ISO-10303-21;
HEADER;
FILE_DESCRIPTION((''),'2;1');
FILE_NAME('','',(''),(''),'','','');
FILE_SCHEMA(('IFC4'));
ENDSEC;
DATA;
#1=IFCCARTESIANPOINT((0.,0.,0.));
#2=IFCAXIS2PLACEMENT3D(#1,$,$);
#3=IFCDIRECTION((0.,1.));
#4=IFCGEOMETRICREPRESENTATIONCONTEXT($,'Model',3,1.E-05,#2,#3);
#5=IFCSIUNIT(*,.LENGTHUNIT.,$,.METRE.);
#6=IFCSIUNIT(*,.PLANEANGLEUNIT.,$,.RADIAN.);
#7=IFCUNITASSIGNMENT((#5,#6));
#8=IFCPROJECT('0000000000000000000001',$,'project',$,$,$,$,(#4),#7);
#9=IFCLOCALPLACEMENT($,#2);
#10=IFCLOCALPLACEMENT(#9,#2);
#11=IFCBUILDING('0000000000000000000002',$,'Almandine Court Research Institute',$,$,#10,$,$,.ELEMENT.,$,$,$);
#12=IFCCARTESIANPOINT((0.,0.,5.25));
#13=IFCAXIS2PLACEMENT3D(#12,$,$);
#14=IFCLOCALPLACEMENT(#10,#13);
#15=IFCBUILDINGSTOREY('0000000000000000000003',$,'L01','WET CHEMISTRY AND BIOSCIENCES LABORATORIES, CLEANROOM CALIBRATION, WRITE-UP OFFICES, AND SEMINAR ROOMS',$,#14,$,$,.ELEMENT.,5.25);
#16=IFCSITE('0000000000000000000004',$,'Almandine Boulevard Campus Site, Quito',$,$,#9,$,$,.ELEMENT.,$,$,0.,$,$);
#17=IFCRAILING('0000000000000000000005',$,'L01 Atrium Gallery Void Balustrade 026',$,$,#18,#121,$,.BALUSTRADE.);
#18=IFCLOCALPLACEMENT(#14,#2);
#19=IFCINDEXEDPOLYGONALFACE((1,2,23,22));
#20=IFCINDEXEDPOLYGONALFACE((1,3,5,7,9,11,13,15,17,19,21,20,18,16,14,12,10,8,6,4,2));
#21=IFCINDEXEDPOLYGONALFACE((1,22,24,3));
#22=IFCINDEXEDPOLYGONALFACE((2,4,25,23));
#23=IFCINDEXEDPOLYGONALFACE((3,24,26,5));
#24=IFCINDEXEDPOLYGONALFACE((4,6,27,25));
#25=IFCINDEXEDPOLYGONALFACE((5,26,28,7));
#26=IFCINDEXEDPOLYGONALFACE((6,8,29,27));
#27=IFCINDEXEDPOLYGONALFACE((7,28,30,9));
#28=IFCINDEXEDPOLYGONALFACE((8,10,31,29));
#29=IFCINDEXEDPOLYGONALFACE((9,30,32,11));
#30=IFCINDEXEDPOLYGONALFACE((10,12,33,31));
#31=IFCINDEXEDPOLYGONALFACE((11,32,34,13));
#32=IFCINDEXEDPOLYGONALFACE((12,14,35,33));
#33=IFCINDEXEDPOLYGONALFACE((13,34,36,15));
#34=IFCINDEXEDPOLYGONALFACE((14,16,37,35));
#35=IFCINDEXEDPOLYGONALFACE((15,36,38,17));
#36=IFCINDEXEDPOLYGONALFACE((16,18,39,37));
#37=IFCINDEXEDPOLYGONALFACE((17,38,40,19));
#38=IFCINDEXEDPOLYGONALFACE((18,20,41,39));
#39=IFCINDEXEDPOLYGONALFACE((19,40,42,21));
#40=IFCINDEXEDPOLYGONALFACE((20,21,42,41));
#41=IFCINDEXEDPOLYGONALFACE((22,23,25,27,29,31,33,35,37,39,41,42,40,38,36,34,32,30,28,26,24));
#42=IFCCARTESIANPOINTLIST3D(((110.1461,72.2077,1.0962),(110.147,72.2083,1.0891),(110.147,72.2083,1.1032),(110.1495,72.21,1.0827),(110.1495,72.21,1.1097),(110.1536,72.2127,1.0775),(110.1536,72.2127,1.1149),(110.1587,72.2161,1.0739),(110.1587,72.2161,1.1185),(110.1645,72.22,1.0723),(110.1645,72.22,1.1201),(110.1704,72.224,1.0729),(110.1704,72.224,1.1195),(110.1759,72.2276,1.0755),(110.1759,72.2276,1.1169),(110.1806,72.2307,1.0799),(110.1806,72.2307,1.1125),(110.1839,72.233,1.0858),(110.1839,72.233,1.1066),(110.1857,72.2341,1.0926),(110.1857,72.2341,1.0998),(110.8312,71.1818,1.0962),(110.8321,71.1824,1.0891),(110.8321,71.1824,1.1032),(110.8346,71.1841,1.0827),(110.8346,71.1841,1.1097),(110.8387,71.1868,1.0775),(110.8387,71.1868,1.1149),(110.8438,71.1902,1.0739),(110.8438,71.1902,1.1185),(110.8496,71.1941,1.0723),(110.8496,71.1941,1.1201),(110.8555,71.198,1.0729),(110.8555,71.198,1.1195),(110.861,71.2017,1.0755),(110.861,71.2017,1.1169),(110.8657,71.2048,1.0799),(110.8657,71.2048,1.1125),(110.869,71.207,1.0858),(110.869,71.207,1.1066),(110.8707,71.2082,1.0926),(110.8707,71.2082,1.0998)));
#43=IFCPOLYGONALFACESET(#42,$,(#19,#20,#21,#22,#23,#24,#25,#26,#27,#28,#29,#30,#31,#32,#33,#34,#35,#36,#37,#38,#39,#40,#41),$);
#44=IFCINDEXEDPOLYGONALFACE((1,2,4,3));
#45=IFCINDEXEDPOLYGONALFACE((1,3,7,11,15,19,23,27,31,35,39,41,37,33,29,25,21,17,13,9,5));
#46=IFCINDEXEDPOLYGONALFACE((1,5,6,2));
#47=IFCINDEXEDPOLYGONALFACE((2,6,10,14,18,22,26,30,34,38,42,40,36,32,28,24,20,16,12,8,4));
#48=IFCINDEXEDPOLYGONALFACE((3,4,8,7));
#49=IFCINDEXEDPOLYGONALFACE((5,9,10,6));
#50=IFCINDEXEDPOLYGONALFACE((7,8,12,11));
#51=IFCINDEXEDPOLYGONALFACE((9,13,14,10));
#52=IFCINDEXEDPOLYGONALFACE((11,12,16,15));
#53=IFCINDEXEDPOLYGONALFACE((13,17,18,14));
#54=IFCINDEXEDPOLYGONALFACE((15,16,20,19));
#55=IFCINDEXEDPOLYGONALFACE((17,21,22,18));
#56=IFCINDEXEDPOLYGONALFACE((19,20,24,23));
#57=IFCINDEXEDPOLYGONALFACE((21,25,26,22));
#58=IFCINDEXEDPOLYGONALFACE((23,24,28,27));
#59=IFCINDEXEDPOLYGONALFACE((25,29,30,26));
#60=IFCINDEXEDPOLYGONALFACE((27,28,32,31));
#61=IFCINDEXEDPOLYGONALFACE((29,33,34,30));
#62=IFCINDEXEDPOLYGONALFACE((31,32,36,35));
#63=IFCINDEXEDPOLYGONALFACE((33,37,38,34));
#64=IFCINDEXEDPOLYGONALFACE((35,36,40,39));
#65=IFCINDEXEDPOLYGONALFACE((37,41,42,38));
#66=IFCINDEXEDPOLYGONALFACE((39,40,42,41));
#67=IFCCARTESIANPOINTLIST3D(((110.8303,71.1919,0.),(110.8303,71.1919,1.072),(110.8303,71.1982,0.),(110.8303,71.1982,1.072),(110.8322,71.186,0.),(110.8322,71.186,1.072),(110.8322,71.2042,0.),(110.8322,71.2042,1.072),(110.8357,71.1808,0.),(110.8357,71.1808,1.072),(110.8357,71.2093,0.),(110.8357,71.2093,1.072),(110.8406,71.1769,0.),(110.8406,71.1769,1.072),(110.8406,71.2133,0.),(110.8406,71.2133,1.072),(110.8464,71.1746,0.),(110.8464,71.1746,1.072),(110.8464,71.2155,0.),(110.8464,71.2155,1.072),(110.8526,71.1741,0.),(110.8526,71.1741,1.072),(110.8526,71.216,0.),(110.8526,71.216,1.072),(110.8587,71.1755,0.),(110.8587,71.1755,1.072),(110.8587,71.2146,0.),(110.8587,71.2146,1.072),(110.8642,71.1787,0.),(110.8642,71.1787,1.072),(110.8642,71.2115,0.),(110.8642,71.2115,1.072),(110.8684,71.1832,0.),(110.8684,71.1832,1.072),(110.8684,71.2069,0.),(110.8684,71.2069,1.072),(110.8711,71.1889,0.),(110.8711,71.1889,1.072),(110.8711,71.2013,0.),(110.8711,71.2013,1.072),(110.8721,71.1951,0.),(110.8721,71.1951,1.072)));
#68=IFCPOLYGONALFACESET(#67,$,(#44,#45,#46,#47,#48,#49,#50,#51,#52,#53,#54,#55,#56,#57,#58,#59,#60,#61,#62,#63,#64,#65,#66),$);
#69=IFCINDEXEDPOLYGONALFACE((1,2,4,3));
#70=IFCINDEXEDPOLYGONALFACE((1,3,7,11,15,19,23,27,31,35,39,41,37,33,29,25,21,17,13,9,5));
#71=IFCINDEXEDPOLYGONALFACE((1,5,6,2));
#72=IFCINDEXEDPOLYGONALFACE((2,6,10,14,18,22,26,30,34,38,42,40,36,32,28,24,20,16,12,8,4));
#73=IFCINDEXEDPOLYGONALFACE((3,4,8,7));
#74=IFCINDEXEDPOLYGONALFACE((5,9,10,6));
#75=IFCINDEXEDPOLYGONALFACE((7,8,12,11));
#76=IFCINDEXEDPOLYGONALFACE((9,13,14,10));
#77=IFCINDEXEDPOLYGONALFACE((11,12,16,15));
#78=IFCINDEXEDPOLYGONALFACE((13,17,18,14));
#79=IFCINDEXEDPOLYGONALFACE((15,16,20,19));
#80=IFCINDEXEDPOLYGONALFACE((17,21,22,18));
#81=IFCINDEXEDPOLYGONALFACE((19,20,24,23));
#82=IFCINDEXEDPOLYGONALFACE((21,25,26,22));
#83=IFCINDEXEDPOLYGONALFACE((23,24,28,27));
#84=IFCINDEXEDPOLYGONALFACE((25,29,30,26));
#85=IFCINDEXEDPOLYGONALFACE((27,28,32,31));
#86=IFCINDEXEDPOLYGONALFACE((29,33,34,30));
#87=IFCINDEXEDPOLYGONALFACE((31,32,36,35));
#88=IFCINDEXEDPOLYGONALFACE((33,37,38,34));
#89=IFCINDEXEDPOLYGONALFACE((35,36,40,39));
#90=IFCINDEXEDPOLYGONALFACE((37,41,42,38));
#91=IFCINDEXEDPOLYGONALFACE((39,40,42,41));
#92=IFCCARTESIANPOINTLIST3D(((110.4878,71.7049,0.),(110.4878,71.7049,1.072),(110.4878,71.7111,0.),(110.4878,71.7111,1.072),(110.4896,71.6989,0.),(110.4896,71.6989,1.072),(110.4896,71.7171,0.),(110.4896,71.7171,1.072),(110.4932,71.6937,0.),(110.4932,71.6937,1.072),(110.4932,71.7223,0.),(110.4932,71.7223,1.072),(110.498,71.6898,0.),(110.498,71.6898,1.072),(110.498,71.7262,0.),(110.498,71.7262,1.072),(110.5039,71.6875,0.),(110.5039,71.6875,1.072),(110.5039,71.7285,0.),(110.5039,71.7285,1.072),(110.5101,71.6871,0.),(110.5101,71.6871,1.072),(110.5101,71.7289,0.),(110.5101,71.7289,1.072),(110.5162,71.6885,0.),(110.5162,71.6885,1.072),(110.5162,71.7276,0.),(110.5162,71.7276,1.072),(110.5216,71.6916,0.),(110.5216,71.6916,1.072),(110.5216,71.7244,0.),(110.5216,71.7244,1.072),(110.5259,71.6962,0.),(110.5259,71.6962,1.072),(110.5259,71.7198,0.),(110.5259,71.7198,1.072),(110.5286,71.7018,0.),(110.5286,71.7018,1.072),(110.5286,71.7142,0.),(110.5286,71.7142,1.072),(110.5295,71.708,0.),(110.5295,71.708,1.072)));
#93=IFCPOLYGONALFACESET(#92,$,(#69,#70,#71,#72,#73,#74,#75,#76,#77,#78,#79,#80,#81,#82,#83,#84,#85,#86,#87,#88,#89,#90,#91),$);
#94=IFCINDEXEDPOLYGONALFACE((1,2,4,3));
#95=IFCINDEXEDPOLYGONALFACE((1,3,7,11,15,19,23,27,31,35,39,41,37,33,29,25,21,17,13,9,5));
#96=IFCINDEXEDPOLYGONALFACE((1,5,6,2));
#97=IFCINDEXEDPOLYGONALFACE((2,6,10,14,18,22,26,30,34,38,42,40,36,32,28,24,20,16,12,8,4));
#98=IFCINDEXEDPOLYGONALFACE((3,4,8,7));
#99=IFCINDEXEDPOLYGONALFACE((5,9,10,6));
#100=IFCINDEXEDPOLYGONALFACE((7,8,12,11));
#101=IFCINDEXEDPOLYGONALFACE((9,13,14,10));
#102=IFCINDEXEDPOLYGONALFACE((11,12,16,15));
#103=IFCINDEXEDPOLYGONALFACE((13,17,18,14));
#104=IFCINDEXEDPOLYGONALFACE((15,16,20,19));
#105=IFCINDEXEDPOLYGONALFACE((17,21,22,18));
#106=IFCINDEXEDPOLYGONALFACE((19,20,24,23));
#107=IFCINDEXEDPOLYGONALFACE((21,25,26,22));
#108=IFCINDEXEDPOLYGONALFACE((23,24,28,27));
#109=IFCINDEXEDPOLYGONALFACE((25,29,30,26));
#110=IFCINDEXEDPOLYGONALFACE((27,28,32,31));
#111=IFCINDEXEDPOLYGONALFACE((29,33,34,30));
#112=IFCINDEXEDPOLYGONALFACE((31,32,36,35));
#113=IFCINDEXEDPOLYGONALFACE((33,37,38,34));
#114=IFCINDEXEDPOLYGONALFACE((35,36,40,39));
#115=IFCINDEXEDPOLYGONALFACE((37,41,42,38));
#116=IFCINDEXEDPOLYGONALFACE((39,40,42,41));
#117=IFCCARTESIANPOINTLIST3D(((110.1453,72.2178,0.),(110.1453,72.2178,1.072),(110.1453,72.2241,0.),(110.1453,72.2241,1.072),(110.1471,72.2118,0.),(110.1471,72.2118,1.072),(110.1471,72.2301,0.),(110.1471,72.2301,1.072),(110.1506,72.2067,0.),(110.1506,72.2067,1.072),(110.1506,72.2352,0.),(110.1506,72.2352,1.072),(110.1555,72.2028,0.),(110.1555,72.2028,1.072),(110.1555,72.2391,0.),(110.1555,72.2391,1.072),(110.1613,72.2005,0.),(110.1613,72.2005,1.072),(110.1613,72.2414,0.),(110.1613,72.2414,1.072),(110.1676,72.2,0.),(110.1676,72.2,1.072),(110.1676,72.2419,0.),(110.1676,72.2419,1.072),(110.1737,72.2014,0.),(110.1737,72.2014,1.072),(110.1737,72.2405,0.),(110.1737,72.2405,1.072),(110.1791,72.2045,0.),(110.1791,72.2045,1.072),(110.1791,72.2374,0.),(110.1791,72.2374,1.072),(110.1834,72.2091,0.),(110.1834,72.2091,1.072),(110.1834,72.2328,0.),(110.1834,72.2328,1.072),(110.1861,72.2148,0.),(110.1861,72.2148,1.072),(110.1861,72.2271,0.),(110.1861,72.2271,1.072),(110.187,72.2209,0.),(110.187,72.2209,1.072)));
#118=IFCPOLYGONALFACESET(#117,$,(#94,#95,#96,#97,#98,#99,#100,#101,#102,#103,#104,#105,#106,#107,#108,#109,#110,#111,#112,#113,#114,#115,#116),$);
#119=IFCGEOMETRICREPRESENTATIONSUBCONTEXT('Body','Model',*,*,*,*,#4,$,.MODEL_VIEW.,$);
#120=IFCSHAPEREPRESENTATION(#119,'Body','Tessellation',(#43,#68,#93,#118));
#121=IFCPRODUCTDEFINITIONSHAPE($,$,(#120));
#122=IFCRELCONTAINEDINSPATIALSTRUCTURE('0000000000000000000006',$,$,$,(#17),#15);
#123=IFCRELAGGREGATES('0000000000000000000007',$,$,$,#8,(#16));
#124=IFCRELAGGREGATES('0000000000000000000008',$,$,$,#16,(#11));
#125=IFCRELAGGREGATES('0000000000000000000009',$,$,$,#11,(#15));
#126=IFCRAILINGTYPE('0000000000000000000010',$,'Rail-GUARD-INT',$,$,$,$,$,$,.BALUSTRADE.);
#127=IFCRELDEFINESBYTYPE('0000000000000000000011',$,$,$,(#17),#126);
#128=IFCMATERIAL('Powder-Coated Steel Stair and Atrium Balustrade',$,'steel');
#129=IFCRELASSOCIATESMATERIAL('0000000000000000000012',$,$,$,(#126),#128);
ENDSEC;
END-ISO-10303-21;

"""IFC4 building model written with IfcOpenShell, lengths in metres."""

from ifc_helpers import new_model, si_unit, direction, frame, origin, origin_2d, place, context, subcontext, project, spatial, circle, extrude, material, type_object, element, save


model = new_model("IFC4")

# Units and contexts
model_context = context("Model", 3, precision=1e-05, world=origin(), true_north=direction((0.0, 1.0)))
body_context = subcontext(model_context, "Body", "Model", "MODEL_VIEW")
ifc_project = project(units=[si_unit("LENGTHUNIT", "METRE"), si_unit("PLANEANGLEUNIT", "RADIAN")], contexts=[model_context])

# Site, building, storey
site_placement = place(None, origin())
site = spatial("IfcSite", under=ifc_project, at=site_placement, Name="Almandine Boulevard Campus Site, Quito", CompositionType="ELEMENT", RefElevation=0.0)
building_placement = place(site_placement, origin())
building = spatial("IfcBuilding", under=site, at=building_placement, Name="Almandine Court Research Institute", CompositionType="ELEMENT")
storey_placement = place(building_placement, frame((0.0, 0.0, 5.25)))
storey = spatial("IfcBuildingStorey", under=building, at=storey_placement, Name="L01", Description="WET CHEMISTRY AND BIOSCIENCES LABORATORIES, CLEANROOM CALIBRATION, WRITE-UP OFFICES, AND SEMINAR ROOMS", CompositionType="ELEMENT", Elevation=5.25)

# Railing
ifc_material_1 = material(Name="Powder-Coated Steel Stair and Atrium Balustrade", Category="steel")
railing_type = type_object("IfcRailingType", Name="Rail-GUARD-INT", PredefinedType="BALUSTRADE", material=ifc_material_1)
railing_1_placement = place(storey_placement, frame((110.8511, 71.1951, 0.0)))
element("IfcRailing", 1, at=railing_1_placement, inside=storey, type_object=railing_type, Name="L01 Atrium Gallery Void Balustrade 026", PredefinedType="BALUSTRADE", context=body_context, shape_type="SweptSolid", body=[
    extrude(circle(Radius=0.0239, at=origin_2d()), frame((0.0, 0.0, 1.0962), z_axis=(-0.555339, 0.831624, 0.0), x_axis=(-0.831624, -0.555339, 0.0)), (0.0, 0.0, 1.0), 1.2336),
    extrude(circle(Radius=0.021, at=origin_2d()), origin(), (0.0, 0.0, 1.0), 1.072),
    extrude(circle(Radius=0.021, at=origin_2d()), frame((-0.3425, 0.5129, 0.0)), (0.0, 0.0, 1.0), 1.072),
    extrude(circle(Radius=0.021, at=origin_2d()), frame((-0.6851, 1.0259, 0.0)), (0.0, 0.0, 1.0), 1.072),
])

save(model, "model.ifc")
